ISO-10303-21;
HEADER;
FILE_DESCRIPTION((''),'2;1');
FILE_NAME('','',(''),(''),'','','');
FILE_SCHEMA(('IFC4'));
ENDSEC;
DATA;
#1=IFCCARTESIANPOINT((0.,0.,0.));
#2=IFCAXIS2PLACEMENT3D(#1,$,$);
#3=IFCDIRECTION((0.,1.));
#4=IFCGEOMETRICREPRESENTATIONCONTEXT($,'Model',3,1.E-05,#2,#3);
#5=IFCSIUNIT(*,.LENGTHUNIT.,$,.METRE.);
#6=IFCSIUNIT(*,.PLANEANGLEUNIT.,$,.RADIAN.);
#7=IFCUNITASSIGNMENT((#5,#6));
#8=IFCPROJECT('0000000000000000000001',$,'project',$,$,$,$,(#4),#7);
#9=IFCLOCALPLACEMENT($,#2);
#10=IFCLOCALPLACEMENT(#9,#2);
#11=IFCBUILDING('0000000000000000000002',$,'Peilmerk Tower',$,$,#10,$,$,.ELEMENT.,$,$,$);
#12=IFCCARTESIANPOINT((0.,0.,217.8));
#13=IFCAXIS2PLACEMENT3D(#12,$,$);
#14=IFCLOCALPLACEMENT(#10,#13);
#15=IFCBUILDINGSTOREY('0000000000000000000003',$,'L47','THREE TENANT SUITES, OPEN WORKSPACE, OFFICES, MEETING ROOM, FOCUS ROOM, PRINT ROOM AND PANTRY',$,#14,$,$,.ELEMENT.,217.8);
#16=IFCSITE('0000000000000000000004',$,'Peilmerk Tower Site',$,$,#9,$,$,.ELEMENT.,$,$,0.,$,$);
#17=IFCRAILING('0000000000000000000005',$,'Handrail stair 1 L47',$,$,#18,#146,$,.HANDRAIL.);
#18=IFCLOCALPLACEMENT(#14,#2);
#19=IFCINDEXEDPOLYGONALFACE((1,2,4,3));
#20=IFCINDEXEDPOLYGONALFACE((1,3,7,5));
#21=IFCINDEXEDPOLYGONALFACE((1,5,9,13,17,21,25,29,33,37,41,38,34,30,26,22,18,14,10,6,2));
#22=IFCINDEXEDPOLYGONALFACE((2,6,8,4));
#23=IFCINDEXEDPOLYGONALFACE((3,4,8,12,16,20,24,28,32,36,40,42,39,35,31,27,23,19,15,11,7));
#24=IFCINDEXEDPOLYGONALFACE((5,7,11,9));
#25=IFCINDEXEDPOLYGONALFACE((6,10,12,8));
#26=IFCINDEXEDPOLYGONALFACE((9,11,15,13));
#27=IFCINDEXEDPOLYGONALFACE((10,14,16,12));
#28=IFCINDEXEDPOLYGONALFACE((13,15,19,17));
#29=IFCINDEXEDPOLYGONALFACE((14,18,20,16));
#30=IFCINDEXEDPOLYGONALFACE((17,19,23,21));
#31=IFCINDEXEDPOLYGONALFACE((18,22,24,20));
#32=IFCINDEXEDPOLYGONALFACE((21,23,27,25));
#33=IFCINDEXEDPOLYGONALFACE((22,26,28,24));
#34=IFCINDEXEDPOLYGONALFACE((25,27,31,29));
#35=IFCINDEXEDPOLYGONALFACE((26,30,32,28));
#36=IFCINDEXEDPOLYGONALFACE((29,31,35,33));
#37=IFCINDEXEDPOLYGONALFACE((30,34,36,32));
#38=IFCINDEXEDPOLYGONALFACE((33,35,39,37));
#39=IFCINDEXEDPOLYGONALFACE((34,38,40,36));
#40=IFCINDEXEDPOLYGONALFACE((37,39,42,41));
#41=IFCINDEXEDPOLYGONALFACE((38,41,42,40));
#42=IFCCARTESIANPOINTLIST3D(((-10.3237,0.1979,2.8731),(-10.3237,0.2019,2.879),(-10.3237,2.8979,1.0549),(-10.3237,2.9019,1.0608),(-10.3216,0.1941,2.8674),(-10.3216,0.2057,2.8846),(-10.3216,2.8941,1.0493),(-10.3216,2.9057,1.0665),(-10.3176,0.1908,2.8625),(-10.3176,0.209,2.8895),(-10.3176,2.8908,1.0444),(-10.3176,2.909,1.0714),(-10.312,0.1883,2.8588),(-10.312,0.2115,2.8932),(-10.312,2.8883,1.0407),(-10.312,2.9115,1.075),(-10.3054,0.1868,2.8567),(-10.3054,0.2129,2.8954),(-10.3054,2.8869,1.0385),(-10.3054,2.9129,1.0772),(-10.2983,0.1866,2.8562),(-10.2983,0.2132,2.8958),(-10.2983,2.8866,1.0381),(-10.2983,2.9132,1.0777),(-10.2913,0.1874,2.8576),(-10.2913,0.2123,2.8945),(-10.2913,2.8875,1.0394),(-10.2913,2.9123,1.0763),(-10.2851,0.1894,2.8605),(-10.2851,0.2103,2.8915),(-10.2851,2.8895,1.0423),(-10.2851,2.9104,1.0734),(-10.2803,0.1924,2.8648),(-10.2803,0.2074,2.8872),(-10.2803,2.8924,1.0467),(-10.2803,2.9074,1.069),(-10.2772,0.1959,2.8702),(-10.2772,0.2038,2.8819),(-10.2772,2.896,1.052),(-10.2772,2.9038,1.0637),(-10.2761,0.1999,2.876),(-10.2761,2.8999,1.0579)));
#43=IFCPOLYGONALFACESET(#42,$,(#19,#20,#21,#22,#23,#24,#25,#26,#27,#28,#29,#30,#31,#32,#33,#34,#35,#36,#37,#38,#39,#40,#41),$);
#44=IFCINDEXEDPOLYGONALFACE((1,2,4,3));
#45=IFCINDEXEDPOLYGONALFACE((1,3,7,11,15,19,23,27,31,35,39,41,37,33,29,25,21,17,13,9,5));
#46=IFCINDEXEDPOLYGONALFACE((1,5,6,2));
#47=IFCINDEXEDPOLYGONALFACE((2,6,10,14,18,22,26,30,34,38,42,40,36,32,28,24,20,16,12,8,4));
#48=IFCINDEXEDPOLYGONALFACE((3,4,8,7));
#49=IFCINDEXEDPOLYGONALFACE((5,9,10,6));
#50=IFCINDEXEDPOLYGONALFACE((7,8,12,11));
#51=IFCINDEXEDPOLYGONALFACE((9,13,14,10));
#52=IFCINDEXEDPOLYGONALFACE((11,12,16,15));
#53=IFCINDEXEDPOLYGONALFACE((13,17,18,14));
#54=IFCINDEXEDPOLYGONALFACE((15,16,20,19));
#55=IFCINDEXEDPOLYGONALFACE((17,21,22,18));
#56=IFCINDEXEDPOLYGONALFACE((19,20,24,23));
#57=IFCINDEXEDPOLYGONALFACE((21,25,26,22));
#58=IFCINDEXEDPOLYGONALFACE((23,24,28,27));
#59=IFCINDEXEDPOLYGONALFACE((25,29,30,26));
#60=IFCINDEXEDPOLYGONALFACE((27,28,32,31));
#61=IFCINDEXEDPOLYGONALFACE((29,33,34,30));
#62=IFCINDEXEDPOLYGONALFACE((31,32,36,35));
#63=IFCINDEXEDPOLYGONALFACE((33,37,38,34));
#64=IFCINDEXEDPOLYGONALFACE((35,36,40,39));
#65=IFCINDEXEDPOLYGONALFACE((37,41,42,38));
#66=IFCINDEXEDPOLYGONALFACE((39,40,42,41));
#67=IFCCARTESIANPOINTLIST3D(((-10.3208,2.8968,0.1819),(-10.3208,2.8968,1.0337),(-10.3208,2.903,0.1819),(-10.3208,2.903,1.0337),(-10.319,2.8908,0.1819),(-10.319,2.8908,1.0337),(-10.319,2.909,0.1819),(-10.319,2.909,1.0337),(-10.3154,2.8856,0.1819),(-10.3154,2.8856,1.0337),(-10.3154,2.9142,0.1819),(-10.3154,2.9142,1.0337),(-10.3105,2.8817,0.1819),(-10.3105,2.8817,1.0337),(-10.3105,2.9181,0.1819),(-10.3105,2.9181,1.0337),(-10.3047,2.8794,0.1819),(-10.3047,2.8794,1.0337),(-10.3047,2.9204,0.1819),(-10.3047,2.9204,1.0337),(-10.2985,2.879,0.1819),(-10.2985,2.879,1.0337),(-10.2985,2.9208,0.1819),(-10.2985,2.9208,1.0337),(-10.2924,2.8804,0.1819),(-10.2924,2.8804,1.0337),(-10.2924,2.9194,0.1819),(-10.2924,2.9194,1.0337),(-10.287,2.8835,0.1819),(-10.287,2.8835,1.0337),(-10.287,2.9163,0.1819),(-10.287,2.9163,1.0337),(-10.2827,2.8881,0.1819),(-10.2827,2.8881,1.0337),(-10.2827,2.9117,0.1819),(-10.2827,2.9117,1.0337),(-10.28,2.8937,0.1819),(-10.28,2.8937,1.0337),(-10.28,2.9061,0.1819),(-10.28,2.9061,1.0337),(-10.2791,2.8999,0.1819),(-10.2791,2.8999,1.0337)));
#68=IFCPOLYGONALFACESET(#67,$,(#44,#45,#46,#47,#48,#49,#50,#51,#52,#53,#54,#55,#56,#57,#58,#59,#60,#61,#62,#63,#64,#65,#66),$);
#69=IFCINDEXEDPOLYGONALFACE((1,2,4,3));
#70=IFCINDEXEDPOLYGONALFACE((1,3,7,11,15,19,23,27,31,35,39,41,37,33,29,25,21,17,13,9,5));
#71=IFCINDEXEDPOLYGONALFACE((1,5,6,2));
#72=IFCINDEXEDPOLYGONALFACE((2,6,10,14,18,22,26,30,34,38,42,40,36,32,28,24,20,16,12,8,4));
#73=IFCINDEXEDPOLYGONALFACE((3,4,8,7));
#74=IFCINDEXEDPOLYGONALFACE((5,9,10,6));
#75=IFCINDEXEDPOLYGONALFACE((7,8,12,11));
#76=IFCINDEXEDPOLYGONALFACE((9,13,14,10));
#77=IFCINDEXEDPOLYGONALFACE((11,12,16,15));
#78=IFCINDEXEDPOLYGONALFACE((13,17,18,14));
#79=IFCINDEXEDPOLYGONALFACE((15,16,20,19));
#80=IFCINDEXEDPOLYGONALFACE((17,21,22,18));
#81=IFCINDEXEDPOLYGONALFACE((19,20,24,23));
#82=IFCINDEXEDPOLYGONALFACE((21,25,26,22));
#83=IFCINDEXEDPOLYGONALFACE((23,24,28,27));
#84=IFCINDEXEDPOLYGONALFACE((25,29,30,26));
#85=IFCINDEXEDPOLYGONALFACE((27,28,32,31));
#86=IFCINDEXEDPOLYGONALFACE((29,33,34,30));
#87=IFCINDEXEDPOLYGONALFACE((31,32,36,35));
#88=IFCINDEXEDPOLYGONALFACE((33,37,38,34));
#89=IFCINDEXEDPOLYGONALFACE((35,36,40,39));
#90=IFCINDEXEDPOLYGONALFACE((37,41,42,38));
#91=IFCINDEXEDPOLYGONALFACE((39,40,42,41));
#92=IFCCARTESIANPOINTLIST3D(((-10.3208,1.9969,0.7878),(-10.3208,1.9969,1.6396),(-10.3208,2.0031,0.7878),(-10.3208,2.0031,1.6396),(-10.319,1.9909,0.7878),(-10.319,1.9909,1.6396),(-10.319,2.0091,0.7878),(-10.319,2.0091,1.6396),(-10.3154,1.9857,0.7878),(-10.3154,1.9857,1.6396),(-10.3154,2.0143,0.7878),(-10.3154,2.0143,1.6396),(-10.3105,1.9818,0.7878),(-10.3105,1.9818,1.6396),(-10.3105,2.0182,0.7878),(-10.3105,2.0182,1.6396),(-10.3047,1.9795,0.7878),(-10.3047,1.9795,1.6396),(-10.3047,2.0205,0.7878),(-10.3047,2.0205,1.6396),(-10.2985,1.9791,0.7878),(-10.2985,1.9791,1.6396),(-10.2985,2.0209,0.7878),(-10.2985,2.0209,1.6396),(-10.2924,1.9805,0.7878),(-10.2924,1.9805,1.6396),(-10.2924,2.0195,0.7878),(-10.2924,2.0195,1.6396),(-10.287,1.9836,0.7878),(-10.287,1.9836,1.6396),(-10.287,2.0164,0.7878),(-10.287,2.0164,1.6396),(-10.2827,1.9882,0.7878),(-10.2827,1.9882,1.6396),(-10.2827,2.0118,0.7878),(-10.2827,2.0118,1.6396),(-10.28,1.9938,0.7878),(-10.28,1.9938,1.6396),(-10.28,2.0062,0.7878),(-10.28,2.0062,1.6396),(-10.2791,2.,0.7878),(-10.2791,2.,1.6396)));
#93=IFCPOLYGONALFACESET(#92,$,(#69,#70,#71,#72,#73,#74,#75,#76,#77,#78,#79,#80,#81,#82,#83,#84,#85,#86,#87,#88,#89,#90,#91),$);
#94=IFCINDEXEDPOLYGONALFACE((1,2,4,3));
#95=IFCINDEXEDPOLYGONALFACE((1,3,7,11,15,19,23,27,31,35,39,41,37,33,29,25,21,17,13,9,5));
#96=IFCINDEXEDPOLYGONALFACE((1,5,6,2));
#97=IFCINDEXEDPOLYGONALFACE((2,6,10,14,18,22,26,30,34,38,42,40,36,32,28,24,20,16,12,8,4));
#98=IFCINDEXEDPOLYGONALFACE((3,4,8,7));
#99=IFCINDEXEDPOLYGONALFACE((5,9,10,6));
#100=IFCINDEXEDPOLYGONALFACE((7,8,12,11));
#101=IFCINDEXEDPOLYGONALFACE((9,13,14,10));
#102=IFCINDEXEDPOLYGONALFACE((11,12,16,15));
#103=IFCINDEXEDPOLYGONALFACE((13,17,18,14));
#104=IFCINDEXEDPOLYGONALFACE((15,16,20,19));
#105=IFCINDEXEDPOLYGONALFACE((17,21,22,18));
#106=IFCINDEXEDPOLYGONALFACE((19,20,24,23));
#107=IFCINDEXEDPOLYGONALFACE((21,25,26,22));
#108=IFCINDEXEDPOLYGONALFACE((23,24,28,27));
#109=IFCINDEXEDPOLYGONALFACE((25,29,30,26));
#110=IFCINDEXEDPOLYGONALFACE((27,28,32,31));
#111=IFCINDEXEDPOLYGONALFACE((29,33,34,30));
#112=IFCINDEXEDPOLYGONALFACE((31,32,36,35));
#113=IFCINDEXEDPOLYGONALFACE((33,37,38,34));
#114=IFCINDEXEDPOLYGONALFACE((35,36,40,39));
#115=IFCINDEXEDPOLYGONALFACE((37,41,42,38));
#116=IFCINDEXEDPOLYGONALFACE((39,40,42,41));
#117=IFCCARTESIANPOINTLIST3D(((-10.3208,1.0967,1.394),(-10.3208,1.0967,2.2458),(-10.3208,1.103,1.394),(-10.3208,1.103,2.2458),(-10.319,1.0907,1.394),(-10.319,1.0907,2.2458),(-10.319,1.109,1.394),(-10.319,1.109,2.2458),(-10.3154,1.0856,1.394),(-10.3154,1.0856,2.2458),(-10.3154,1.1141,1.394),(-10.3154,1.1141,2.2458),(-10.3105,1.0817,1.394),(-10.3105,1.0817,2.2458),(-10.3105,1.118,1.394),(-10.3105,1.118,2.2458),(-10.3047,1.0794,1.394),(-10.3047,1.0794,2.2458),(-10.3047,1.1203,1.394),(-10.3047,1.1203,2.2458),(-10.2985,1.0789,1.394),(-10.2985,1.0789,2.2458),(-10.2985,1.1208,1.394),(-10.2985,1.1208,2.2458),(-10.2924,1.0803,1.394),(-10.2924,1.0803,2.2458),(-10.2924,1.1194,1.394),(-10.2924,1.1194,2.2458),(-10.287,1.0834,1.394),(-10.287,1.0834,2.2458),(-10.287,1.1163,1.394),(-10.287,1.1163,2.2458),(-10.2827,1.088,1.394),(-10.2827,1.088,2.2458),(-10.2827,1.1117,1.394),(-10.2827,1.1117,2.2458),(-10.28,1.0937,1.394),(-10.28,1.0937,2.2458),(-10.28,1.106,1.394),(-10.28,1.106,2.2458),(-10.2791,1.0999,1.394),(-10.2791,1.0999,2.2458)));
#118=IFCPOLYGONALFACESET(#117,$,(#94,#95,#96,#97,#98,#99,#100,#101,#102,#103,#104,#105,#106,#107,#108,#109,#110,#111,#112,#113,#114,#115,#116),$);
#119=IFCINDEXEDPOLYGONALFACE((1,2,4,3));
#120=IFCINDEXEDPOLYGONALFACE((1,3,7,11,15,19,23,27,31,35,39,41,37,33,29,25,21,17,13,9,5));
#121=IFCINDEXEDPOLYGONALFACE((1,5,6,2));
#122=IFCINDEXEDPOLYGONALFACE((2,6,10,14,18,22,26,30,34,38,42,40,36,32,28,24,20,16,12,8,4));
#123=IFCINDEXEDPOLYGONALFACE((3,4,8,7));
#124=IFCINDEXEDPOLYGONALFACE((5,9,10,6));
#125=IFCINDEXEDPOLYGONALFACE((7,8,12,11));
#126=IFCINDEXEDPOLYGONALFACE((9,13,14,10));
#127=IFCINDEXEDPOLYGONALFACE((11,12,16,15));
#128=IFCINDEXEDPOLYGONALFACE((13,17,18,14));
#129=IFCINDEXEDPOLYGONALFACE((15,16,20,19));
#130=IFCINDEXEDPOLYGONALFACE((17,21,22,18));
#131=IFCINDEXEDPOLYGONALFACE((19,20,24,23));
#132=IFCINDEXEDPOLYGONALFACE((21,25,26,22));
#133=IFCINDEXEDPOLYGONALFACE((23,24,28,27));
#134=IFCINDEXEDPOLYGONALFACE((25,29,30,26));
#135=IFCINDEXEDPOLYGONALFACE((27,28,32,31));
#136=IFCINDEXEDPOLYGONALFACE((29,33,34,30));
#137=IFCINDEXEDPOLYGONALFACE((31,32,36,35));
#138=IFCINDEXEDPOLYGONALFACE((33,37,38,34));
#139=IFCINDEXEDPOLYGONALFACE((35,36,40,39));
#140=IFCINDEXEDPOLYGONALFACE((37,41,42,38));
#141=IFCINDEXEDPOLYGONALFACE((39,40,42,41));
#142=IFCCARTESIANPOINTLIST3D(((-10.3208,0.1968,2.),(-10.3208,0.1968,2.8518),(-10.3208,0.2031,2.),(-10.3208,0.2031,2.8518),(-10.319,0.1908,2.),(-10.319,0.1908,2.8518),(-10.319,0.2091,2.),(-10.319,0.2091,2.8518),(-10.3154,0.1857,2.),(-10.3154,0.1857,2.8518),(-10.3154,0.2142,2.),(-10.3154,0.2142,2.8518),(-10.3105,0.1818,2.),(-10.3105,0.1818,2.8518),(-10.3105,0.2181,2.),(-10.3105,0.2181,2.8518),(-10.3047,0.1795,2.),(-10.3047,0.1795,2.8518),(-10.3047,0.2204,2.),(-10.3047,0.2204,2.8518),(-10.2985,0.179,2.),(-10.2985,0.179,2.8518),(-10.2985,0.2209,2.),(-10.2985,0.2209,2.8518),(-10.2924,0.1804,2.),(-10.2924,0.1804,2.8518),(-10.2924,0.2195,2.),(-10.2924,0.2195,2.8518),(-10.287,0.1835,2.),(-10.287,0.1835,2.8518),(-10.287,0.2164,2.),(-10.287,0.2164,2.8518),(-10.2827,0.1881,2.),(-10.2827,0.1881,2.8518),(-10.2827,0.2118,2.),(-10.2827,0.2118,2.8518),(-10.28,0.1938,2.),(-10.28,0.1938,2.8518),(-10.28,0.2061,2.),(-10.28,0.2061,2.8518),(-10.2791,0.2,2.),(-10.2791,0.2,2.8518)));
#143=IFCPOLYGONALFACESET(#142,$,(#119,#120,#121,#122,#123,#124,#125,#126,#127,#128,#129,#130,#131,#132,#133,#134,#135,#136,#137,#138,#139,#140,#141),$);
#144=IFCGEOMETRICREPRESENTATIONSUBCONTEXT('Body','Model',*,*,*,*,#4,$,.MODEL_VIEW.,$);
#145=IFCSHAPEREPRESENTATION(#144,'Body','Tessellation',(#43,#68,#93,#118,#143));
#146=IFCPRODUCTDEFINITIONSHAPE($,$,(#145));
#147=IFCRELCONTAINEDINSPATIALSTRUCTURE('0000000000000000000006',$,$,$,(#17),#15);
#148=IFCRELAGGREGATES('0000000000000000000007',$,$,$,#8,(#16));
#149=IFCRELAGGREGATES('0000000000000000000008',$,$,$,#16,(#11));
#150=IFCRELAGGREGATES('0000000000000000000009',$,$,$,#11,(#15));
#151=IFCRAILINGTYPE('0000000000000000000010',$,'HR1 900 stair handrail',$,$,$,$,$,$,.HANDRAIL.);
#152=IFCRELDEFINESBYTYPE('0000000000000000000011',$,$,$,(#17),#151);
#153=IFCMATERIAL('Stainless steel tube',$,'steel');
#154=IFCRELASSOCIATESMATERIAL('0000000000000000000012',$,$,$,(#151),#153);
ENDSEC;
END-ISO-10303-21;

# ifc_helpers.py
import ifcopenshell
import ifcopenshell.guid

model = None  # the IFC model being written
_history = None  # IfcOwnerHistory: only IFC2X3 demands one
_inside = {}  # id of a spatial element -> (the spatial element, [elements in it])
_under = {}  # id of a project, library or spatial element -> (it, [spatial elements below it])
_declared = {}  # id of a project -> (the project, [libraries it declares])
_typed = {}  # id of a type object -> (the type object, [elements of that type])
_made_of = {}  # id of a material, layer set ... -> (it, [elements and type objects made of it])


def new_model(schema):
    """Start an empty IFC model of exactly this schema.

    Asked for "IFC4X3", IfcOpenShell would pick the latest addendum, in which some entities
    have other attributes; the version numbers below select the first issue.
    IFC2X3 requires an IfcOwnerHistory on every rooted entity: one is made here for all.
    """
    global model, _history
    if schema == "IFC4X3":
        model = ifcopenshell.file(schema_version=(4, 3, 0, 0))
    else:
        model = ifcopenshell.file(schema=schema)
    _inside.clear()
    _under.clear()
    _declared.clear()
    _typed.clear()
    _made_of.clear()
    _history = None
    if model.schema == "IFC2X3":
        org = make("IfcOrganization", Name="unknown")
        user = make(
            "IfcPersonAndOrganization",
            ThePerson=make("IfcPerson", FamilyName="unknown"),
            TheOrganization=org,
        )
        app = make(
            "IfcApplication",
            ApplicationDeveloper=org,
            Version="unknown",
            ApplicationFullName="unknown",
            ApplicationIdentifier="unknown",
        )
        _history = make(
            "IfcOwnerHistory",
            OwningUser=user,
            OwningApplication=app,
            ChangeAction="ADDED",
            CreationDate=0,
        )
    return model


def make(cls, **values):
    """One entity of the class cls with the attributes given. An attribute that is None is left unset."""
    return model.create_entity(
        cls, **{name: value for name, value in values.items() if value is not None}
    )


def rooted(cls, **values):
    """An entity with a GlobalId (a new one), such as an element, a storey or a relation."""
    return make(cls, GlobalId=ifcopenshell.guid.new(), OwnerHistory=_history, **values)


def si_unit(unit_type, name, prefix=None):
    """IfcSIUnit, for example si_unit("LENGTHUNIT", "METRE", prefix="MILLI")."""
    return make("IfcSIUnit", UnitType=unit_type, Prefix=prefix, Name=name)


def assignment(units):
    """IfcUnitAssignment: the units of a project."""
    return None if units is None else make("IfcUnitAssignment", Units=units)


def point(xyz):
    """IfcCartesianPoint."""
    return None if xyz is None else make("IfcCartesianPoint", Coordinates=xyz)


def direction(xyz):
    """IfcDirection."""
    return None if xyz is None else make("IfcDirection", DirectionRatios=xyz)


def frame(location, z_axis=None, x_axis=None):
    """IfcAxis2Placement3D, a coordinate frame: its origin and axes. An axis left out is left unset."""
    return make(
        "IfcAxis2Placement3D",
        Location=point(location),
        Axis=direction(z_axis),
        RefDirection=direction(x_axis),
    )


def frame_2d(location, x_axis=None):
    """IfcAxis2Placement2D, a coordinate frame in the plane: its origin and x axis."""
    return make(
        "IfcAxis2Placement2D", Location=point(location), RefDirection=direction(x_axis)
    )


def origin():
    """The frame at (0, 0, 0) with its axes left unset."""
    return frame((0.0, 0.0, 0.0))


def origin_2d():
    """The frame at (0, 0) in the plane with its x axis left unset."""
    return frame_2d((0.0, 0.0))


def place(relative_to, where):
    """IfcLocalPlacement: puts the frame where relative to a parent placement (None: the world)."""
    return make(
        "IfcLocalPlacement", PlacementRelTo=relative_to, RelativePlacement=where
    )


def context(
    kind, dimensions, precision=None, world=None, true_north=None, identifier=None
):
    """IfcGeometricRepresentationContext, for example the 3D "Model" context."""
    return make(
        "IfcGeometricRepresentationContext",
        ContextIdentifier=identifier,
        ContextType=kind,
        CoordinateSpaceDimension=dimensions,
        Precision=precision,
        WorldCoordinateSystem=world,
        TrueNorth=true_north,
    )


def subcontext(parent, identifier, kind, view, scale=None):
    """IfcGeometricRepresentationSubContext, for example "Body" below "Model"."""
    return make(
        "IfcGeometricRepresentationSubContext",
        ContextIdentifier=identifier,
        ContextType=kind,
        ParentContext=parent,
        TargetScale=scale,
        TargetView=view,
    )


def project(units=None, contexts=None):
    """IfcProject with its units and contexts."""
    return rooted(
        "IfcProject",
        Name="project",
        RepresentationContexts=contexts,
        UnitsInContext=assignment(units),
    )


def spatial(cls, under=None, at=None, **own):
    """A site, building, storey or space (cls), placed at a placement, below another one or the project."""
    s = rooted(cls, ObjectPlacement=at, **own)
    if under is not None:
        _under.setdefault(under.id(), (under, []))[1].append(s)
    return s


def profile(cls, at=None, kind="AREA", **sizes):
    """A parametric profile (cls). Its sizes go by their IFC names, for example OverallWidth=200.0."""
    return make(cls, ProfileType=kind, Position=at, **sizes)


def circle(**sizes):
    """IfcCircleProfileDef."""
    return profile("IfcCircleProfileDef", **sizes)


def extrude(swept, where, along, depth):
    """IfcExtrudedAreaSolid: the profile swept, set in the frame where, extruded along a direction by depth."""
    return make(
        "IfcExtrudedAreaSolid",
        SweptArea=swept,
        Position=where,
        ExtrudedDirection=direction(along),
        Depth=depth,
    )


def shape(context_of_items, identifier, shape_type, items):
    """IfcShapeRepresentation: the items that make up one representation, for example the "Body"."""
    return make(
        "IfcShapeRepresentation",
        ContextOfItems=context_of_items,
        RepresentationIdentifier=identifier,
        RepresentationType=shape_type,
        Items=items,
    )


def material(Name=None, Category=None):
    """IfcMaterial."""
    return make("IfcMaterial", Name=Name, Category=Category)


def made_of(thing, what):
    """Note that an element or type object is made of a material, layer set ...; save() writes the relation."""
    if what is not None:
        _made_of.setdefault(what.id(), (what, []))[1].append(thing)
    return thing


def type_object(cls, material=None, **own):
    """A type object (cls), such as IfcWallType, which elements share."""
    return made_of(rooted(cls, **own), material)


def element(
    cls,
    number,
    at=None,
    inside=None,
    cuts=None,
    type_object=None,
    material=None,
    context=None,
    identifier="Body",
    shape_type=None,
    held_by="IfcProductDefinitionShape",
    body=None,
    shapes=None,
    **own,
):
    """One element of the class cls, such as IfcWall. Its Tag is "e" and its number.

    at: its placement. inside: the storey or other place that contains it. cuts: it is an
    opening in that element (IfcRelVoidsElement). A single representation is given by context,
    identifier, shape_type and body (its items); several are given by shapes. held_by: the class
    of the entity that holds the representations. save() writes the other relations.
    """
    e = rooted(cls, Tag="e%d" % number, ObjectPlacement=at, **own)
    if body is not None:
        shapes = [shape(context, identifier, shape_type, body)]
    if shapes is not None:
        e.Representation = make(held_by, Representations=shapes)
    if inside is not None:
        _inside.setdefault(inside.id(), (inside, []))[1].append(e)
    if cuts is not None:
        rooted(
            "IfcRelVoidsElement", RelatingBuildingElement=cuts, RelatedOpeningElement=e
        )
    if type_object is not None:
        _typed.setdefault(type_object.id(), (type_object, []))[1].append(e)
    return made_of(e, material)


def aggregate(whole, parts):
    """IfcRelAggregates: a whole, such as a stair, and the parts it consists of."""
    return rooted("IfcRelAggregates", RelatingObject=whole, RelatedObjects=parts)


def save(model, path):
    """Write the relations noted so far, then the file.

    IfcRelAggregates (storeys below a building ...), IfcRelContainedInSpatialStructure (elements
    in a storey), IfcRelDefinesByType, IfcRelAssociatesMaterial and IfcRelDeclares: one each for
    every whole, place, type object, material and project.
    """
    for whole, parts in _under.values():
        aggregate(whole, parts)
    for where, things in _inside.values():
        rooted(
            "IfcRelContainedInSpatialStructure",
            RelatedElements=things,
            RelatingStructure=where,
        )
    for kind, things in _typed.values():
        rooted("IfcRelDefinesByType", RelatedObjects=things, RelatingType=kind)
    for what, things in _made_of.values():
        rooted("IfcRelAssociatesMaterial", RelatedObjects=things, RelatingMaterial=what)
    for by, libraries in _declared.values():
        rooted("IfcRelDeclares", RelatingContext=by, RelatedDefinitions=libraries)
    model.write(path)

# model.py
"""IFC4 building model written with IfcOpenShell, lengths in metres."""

from ifc_helpers import new_model, si_unit, direction, frame, origin, origin_2d, place, context, subcontext, project, spatial, circle, extrude, material, type_object, element, save


model = new_model("IFC4")

# Units and contexts
model_context = context("Model", 3, precision=1e-05, world=origin(), true_north=direction((0.0, 1.0)))
body_context = subcontext(model_context, "Body", "Model", "MODEL_VIEW")
ifc_project = project(units=[si_unit("LENGTHUNIT", "METRE"), si_unit("PLANEANGLEUNIT", "RADIAN")], contexts=[model_context])

# Site, building, storey
site_placement = place(None, origin())
site = spatial("IfcSite", under=ifc_project, at=site_placement, Name="Peilmerk Tower Site", CompositionType="ELEMENT", RefElevation=0.0)
building_placement = place(site_placement, origin())
building = spatial("IfcBuilding", under=site, at=building_placement, Name="Peilmerk Tower", CompositionType="ELEMENT")
storey_placement = place(building_placement, frame((0.0, 0.0, 217.8)))
storey = spatial("IfcBuildingStorey", under=building, at=storey_placement, Name="L47", Description="THREE TENANT SUITES, OPEN WORKSPACE, OFFICES, MEETING ROOM, FOCUS ROOM, PRINT ROOM AND PANTRY", CompositionType="ELEMENT", Elevation=217.8)

# Railing
ifc_material_1 = material(Name="Stainless steel tube", Category="steel")
railing_type_1 = type_object("IfcRailingType", Name="HR1 900 stair handrail", PredefinedType="HANDRAIL", material=ifc_material_1)
railing_1_placement = place(storey_placement, frame((-10.3, 2.8999, 0.1819)))
element("IfcRailing", 1, at=railing_1_placement, inside=storey, type_object=railing_type_1, Name="Handrail stair 1 L47", PredefinedType="HANDRAIL", context=body_context, shape_type="SweptSolid", body=[
    extrude(circle(Radius=0.0239, at=origin_2d()), frame((0.0, 0.0, 0.876), z_axis=(0.0, -0.829468, 0.558554), x_axis=(1.0, 0.0, 0.0)), (0.0, 0.0, 1.0), 3.2551),
    extrude(circle(Radius=0.021, at=origin_2d()), origin(), (0.0, 0.0, 1.0), 0.8518),
    extrude(circle(Radius=0.021, at=origin_2d()), frame((0.0, -0.8999, 0.606)), (0.0, 0.0, 1.0), 0.8518),
    extrude(circle(Radius=0.021, at=origin_2d()), frame((0.0, -1.8, 1.2122)), (0.0, 0.0, 1.0), 0.8518),
    extrude(circle(Radius=0.021, at=origin_2d()), frame((0.0, -2.7, 1.8181)), (0.0, 0.0, 1.0), 0.8518),
])

save(model, "model.ifc")
